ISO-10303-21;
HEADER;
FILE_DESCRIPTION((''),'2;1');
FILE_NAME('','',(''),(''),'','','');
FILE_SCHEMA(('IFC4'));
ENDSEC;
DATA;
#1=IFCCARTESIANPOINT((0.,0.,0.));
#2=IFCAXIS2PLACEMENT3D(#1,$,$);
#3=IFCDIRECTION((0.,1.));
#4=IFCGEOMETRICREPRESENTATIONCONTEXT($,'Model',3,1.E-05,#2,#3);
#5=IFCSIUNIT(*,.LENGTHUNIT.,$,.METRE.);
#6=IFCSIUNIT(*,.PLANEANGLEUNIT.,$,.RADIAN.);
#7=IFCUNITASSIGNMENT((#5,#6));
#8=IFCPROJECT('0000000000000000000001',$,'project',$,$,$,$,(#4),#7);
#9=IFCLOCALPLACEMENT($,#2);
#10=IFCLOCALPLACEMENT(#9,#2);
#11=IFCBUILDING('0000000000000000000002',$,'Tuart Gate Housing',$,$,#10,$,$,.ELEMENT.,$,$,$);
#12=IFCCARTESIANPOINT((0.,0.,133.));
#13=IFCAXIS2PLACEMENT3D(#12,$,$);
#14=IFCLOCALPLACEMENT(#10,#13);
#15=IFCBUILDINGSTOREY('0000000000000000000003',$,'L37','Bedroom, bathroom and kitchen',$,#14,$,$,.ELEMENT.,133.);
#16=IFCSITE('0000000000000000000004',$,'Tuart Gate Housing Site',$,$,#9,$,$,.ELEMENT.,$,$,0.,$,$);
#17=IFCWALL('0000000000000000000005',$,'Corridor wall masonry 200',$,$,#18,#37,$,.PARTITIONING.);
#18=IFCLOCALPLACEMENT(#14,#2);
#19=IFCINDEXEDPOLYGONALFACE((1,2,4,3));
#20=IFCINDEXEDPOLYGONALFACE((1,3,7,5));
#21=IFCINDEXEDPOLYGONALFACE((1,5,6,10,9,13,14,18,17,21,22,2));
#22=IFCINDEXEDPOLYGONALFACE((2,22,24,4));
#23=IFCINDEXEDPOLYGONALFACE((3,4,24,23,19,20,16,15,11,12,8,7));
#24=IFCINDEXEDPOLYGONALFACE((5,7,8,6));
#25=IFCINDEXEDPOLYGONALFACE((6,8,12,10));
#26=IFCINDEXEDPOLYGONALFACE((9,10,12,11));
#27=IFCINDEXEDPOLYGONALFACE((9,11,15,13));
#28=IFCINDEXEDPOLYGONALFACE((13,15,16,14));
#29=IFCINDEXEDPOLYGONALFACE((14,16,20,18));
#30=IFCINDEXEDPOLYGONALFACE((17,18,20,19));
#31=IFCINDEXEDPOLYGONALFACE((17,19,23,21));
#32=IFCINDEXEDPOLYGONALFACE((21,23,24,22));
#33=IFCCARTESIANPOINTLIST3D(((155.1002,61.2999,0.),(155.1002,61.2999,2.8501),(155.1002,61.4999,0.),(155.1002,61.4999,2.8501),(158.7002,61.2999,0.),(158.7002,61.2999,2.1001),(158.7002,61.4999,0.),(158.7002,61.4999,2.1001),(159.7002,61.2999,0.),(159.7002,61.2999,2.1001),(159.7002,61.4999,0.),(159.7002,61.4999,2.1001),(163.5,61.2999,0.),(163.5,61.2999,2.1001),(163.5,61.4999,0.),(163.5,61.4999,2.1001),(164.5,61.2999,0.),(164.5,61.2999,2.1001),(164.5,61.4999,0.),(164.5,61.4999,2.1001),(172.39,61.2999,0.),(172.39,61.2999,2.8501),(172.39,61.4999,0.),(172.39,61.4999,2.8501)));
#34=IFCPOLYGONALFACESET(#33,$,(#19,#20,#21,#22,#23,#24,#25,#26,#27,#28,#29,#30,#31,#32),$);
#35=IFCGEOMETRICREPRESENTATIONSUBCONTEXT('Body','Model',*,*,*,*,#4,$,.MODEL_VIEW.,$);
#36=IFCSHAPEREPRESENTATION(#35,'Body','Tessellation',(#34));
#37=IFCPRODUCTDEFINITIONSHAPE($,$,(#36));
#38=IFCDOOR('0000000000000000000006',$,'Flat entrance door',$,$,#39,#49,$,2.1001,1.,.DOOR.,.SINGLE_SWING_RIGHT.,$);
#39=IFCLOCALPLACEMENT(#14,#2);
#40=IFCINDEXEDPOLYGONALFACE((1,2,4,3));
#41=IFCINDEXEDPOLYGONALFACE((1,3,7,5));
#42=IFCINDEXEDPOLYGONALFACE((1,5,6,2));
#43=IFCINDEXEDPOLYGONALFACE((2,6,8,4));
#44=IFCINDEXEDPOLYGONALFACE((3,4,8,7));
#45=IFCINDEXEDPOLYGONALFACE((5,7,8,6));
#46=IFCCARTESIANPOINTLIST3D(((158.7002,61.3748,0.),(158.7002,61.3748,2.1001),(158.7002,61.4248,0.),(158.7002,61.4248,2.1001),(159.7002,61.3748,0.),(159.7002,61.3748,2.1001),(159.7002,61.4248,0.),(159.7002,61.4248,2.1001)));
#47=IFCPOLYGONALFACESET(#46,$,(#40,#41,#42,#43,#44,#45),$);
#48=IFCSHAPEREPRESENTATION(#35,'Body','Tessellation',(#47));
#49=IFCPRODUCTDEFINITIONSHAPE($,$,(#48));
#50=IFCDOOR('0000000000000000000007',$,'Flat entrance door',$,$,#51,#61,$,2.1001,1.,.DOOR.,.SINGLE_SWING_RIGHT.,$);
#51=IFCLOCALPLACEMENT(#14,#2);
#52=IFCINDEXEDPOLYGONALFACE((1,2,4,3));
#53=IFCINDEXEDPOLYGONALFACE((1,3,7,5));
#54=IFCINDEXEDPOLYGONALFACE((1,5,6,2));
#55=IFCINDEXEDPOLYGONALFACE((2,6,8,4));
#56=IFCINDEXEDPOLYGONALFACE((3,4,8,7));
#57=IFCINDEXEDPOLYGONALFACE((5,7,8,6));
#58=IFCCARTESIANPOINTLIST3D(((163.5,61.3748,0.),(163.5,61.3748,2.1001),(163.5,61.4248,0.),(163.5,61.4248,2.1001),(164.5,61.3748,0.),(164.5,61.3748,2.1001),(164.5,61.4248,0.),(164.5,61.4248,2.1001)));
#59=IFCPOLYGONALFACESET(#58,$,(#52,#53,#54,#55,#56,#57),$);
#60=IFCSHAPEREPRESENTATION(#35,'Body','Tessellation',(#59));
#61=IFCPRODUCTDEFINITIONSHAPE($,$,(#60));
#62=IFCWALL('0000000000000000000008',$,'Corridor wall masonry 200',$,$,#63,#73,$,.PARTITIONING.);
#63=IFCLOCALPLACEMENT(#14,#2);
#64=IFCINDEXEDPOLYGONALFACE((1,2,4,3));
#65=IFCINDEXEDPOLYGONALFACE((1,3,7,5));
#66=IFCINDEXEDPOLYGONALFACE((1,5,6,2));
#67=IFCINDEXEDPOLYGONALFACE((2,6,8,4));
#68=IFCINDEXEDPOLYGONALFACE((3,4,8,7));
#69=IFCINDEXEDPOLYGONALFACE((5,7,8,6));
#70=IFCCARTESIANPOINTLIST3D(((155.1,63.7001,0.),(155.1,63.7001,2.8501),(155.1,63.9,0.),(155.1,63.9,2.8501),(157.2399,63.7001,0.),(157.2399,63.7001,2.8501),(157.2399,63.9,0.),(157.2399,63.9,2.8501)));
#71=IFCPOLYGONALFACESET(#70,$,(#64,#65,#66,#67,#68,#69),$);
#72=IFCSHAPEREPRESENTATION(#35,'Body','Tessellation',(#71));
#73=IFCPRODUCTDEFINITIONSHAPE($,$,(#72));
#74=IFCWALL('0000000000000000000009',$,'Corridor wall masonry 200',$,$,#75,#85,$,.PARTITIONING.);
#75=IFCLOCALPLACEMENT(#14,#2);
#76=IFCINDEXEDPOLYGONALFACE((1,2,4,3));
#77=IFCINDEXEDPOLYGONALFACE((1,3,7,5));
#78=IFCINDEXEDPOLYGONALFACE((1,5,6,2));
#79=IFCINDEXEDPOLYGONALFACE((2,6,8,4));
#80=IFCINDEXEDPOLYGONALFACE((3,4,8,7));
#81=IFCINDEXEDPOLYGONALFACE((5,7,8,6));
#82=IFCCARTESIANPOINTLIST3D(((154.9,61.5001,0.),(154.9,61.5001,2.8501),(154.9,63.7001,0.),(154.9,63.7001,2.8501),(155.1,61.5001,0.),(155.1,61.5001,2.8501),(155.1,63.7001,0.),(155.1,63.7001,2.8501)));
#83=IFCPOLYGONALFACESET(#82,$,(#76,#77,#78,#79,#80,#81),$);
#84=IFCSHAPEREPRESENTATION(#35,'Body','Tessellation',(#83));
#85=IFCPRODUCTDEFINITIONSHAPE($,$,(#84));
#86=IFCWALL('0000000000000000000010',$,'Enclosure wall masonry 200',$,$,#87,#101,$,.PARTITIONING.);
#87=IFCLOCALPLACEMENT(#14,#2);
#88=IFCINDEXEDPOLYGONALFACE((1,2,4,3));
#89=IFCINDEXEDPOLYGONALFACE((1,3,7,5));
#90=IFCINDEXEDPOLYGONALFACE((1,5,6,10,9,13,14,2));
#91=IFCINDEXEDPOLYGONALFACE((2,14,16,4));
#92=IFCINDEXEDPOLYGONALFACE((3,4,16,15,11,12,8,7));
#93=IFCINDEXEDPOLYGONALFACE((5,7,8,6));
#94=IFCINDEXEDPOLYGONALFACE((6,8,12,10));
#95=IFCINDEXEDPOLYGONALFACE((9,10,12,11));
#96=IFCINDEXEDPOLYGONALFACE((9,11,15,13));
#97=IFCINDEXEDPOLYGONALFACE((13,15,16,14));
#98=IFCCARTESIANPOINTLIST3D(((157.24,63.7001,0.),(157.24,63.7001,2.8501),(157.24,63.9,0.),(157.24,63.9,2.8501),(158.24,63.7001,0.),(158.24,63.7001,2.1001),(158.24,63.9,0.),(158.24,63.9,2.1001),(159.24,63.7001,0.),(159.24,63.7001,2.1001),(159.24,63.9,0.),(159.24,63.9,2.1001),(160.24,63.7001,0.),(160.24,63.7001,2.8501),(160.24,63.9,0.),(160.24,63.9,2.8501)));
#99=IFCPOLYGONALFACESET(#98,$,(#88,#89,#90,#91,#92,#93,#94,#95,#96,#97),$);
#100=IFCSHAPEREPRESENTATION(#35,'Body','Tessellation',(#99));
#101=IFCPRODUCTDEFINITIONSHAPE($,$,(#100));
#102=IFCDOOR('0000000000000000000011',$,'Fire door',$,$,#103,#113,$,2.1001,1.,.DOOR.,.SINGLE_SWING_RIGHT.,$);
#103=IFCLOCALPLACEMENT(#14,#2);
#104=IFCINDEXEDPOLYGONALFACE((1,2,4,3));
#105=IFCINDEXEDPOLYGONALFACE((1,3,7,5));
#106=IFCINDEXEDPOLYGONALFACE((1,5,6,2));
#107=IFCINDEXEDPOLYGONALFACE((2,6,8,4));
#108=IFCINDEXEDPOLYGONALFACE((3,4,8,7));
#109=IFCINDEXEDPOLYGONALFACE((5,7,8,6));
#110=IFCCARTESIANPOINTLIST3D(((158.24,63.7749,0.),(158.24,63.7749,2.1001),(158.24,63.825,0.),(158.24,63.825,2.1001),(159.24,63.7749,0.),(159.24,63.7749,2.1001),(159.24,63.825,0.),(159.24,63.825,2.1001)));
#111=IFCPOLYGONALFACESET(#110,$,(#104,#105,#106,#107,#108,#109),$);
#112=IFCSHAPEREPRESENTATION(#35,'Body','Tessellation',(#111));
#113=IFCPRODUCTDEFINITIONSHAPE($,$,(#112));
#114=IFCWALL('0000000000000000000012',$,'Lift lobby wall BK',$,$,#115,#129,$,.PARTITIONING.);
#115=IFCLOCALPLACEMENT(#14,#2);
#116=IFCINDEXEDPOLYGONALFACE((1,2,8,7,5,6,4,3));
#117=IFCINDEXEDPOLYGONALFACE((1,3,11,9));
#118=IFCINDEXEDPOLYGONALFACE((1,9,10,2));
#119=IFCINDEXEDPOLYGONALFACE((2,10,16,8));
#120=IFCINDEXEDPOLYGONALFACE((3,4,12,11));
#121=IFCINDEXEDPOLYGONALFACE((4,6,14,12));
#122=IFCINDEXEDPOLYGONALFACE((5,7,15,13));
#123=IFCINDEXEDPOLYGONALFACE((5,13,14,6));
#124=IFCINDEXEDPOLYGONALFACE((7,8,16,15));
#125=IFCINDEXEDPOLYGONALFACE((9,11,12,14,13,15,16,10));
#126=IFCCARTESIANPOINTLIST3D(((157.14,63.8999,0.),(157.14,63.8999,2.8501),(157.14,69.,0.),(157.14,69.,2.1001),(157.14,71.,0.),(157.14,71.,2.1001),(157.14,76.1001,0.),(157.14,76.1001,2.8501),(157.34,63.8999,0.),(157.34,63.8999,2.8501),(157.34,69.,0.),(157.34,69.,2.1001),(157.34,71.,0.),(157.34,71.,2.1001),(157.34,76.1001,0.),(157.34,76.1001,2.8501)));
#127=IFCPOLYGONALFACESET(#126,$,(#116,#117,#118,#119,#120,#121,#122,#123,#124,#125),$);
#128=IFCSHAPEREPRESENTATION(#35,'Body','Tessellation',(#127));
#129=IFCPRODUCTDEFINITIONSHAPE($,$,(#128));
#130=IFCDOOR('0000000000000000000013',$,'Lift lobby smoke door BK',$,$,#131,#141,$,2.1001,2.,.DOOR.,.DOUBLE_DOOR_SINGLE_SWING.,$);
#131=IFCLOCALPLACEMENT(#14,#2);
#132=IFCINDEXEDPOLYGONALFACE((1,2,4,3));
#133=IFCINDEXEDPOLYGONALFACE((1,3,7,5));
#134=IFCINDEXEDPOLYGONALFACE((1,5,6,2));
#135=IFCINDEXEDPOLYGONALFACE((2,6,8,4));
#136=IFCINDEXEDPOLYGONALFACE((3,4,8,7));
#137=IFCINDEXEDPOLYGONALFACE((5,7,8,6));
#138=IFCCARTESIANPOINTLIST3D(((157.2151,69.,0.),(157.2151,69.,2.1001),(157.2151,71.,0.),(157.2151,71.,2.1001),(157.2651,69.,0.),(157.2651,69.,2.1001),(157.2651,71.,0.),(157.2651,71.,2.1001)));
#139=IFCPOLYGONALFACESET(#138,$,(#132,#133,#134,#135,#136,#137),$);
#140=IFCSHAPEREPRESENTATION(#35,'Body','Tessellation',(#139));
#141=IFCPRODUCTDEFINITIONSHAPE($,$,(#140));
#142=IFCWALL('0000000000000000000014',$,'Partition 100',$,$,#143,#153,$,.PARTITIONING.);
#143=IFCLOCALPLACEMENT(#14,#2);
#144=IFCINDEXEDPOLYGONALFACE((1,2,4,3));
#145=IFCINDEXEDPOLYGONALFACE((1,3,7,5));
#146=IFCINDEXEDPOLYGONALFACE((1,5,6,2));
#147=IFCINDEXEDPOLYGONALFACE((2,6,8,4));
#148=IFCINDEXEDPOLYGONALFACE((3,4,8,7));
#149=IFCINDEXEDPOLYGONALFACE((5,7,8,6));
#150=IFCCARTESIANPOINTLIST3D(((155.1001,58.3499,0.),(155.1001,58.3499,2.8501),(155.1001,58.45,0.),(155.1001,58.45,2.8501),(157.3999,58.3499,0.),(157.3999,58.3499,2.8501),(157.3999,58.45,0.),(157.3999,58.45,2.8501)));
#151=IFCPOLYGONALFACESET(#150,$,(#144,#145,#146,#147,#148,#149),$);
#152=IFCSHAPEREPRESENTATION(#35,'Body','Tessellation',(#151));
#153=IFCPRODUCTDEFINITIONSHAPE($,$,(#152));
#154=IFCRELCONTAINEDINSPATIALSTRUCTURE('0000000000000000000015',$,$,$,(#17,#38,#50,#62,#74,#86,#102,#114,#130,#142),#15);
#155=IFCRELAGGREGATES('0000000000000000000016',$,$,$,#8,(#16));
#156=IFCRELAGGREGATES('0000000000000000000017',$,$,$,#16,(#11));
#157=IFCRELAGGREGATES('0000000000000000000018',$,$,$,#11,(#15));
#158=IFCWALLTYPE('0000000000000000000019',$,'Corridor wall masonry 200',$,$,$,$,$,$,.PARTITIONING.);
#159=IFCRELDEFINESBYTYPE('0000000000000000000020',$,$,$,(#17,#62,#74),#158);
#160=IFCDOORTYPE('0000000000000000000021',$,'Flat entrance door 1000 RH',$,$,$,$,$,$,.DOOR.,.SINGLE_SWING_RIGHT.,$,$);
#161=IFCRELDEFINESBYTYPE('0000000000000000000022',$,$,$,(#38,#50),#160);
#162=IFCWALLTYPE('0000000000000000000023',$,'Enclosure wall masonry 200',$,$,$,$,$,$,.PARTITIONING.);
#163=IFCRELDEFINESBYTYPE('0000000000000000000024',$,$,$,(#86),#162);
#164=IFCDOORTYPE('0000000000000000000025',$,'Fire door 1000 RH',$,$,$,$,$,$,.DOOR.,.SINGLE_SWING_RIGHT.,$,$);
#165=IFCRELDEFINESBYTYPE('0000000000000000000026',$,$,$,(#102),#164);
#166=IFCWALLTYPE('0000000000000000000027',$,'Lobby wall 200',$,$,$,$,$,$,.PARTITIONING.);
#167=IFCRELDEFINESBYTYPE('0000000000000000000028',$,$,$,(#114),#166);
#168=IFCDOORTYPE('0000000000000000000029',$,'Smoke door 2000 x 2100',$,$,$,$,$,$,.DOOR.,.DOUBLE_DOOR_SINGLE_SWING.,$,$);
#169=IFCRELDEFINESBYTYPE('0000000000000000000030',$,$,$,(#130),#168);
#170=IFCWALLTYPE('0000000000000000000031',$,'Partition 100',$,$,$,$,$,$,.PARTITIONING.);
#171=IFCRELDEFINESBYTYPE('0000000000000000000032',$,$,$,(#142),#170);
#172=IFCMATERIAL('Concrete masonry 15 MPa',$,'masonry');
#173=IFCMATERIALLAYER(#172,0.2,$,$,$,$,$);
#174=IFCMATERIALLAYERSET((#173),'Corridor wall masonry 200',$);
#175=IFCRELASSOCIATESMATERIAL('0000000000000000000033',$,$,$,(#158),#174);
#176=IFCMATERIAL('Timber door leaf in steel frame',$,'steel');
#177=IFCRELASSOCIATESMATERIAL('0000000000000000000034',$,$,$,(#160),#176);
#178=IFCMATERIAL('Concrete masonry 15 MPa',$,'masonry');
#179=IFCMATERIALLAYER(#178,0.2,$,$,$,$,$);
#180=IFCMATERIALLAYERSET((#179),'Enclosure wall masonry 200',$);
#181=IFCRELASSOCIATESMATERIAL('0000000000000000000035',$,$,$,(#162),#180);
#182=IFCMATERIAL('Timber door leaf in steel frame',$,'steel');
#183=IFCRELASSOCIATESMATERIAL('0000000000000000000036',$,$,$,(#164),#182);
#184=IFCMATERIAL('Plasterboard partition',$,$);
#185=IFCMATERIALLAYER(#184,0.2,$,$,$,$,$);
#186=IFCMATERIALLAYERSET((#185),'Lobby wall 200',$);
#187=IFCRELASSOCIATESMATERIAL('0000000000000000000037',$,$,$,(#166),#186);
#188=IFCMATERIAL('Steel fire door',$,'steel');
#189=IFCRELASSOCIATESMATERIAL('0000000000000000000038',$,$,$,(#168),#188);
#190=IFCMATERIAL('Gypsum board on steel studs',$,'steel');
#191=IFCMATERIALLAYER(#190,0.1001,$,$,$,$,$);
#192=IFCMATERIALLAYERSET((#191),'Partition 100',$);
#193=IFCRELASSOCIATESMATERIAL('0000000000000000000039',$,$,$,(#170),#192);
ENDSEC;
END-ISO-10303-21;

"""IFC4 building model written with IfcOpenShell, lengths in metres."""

from ifc_helpers import new_model, si_unit, direction, frame, frame_2d, origin, place, context, subcontext, project, spatial, rectangle, extrude, material, layer, layer_set, type_object, element, fill, save


model = new_model("IFC4")

# Units and contexts
model_context = context("Model", 3, precision=1e-05, world=origin(), true_north=direction((0.0, 1.0)))
body_context = subcontext(model_context, "Body", "Model", "MODEL_VIEW")
ifc_project = project(units=[si_unit("LENGTHUNIT", "METRE"), si_unit("PLANEANGLEUNIT", "RADIAN")], contexts=[model_context])

# Site, building, storey
site_placement = place(None, origin())
site = spatial("IfcSite", under=ifc_project, at=site_placement, Name="Tuart Gate Housing Site", CompositionType="ELEMENT", RefElevation=0.0)
building_placement = place(site_placement, origin())
building = spatial("IfcBuilding", under=site, at=building_placement, Name="Tuart Gate Housing", CompositionType="ELEMENT")
storey_placement = place(building_placement, frame((0.0, 0.0, 133.0)))
storey = spatial("IfcBuildingStorey", under=building, at=storey_placement, Name="L37", Description="Bedroom, bathroom and kitchen", CompositionType="ELEMENT", Elevation=133.0)

# Wall, openings, doors
ifc_material_1 = material(Name="Concrete masonry 15 MPa", Category="masonry")
ifc_layer_1 = layer(ifc_material_1, 0.2)
ifc_layer_set_1 = layer_set([ifc_layer_1], Name="Corridor wall masonry 200")
wall_type_1 = type_object("IfcWallType", Name="Corridor wall masonry 200", PredefinedType="PARTITIONING", material=ifc_layer_set_1)
wall_1_placement = place(storey_placement, frame((155.1001, 61.3999, 0.0), z_axis=(0.0, 0.0, 1.0), x_axis=(1.0, 0.0, 0.0)))
wall_1 = element("IfcWall", 1, at=wall_1_placement, inside=storey, type_object=wall_type_1, Name="Corridor wall masonry 200", PredefinedType="PARTITIONING", context=body_context, shape_type="SweptSolid", body=[
    extrude(rectangle(XDim=17.2898, YDim=0.2, at=frame_2d((8.645, 0.0))), origin(), (0.0, 0.0, 1.0), 2.8501),
])
opening_1_placement = place(wall_1_placement, frame((3.6001, 0.0, 0.0)))
opening_1 = element("IfcOpeningElement", 2, at=opening_1_placement, cuts=wall_1, PredefinedType="OPENING", context=body_context, shape_type="SweptSolid", body=[
    extrude(rectangle(XDim=1.0, YDim=2.1001, at=frame_2d((0.5, 1.05))), frame((0.0, 0.1099, 0.0), z_axis=(0.0, -1.0, 0.0), x_axis=(1.0, 0.0, 0.0)), (0.0, 0.0, 1.0), 0.22),
])
opening_2_placement = place(wall_1_placement, frame((8.3999, 0.0, 0.0)))
opening_2 = element("IfcOpeningElement", 3, at=opening_2_placement, cuts=wall_1, PredefinedType="OPENING", context=body_context, shape_type="SweptSolid", body=[
    extrude(rectangle(XDim=1.0, YDim=2.1001, at=frame_2d((0.5, 1.05))), frame((0.0, 0.1099, 0.0), z_axis=(0.0, -1.0, 0.0), x_axis=(1.0, 0.0, 0.0)), (0.0, 0.0, 1.0), 0.22),
])
ifc_material_2 = material(Name="Timber door leaf in steel frame", Category="steel")
door_type_1 = type_object("IfcDoorType", Name="Flat entrance door 1000 RH", OperationType="SINGLE_SWING_RIGHT", PredefinedType="DOOR", material=ifc_material_2)
door_1_placement = place(opening_1_placement, frame((1.0, 0.0, 0.0), z_axis=(0.0, 0.0, 1.0), x_axis=(-1.0, 0.0, 0.0)))
door_1 = element("IfcDoor", 4, at=door_1_placement, inside=storey, type_object=door_type_1, Name="Flat entrance door", OperationType="SINGLE_SWING_RIGHT", OverallHeight=2.1001, OverallWidth=1.0, PredefinedType="DOOR", context=body_context, shape_type="SweptSolid", body=[
    extrude(rectangle(XDim=1.0, YDim=2.1001, at=frame_2d((0.5, 1.05))), frame((0.0, 0.0251, 0.0), z_axis=(0.0, -1.0, 0.0), x_axis=(1.0, 0.0, 0.0)), (0.0, 0.0, 1.0), 0.05),
])
fill(opening_1, door_1)
door_2_placement = place(opening_2_placement, frame((1.0, 0.0, 0.0), z_axis=(0.0, 0.0, 1.0), x_axis=(-1.0, 0.0, 0.0)))
door_2 = element("IfcDoor", 5, at=door_2_placement, inside=storey, type_object=door_type_1, Name="Flat entrance door", OperationType="SINGLE_SWING_RIGHT", OverallHeight=2.1001, OverallWidth=1.0, PredefinedType="DOOR", context=body_context, shape_type="SweptSolid", body=[
    extrude(rectangle(XDim=1.0, YDim=2.1001, at=frame_2d((0.5, 1.05))), frame((0.0, 0.0251, 0.0), z_axis=(0.0, -1.0, 0.0), x_axis=(1.0, 0.0, 0.0)), (0.0, 0.0, 1.0), 0.05),
])
fill(opening_2, door_2)

# Walls
wall_2_placement = place(storey_placement, frame((155.1001, 63.8, 0.0), z_axis=(0.0, 0.0, 1.0), x_axis=(1.0, 0.0, 0.0)))
element("IfcWall", 6, at=wall_2_placement, inside=storey, type_object=wall_type_1, Name="Corridor wall masonry 200", PredefinedType="PARTITIONING", context=body_context, shape_type="SweptSolid", body=[
    extrude(rectangle(XDim=2.1399, YDim=0.2, at=frame_2d((1.0698, 0.0))), origin(), (0.0, 0.0, 1.0), 2.8501),
])
wall_3_placement = place(storey_placement, frame((155.0, 61.5, 0.0), z_axis=(0.0, 0.0, 1.0), x_axis=(0.0, 1.0, 0.0)))
element("IfcWall", 7, at=wall_3_placement, inside=storey, type_object=wall_type_1, Name="Corridor wall masonry 200", PredefinedType="PARTITIONING", context=body_context, shape_type="SweptSolid", body=[
    extrude(rectangle(XDim=2.2, YDim=0.2, at=frame_2d((1.1001, 0.0))), origin(), (0.0, 0.0, 1.0), 2.8501),
])

# Walls, openings, doors
ifc_material_3 = material(Name="Concrete masonry 15 MPa", Category="masonry")
ifc_layer_2 = layer(ifc_material_3, 0.2)
ifc_layer_set_2 = layer_set([ifc_layer_2], Name="Enclosure wall masonry 200")
wall_type_2 = type_object("IfcWallType", Name="Enclosure wall masonry 200", PredefinedType="PARTITIONING", material=ifc_layer_set_2)
wall_4_placement = place(storey_placement, frame((157.24, 63.8, 0.0), z_axis=(0.0, 0.0, 1.0), x_axis=(1.0, 0.0, 0.0)))
wall_4 = element("IfcWall", 8, at=wall_4_placement, inside=storey, type_object=wall_type_2, Name="Enclosure wall masonry 200", PredefinedType="PARTITIONING", context=body_context, shape_type="SweptSolid", body=[
    extrude(rectangle(XDim=3.0, YDim=0.2, at=frame_2d((1.5, 0.0))), origin(), (0.0, 0.0, 1.0), 2.8501),
])
opening_3_placement = place(wall_4_placement, frame((1.0, 0.0, 0.0)))
opening_3 = element("IfcOpeningElement", 9, at=opening_3_placement, cuts=wall_4, PredefinedType="OPENING", context=body_context, shape_type="SweptSolid", body=[
    extrude(rectangle(XDim=1.0, YDim=2.1001, at=frame_2d((0.5, 1.05))), frame((0.0, 0.1099, 0.0), z_axis=(0.0, -1.0, 0.0), x_axis=(1.0, 0.0, 0.0)), (0.0, 0.0, 1.0), 0.22),
])
ifc_material_4 = material(Name="Timber door leaf in steel frame", Category="steel")
door_type_2 = type_object("IfcDoorType", Name="Fire door 1000 RH", OperationType="SINGLE_SWING_RIGHT", PredefinedType="DOOR", material=ifc_material_4)
door_3_placement = place(opening_3_placement, frame((1.0, 0.0, 0.0), z_axis=(0.0, 0.0, 1.0), x_axis=(-1.0, 0.0, 0.0)))
door_3 = element("IfcDoor", 10, at=door_3_placement, inside=storey, type_object=door_type_2, Name="Fire door", OperationType="SINGLE_SWING_RIGHT", OverallHeight=2.1001, OverallWidth=1.0, PredefinedType="DOOR", context=body_context, shape_type="SweptSolid", body=[
    extrude(rectangle(XDim=1.0, YDim=2.1001, at=frame_2d((0.5, 1.05))), frame((0.0, 0.0251, 0.0), z_axis=(0.0, -1.0, 0.0), x_axis=(1.0, 0.0, 0.0)), (0.0, 0.0, 1.0), 0.05),
])
fill(opening_3, door_3)
ifc_material_5 = material(Name="Plasterboard partition")
ifc_layer_3 = layer(ifc_material_5, 0.2)
ifc_layer_set_3 = layer_set([ifc_layer_3], Name="Lobby wall 200")
wall_type_3 = type_object("IfcWallType", Name="Lobby wall 200", PredefinedType="PARTITIONING", material=ifc_layer_set_3)
wall_5_placement = place(storey_placement, frame((157.24, 63.8999, 0.0), z_axis=(0.0, 0.0, 1.0), x_axis=(0.0, 1.0, 0.0)))
wall_5 = element("IfcWall", 11, at=wall_5_placement, inside=storey, type_object=wall_type_3, Name="Lift lobby wall BK", PredefinedType="PARTITIONING", context=body_context, shape_type="SweptSolid", body=[
    extrude(rectangle(XDim=12.2002, YDim=0.2, at=frame_2d((6.1001, 0.0))), origin(), (0.0, 0.0, 1.0), 2.8501),
])
opening_4_placement = place(wall_5_placement, frame((5.1001, 0.0, 0.0)))
opening_4 = element("IfcOpeningElement", 12, at=opening_4_placement, cuts=wall_5, PredefinedType="OPENING", context=body_context, shape_type="SweptSolid", body=[
    extrude(rectangle(XDim=2.0, YDim=2.1001, at=frame_2d((1.0, 1.05))), frame((0.0, 0.1099, 0.0), z_axis=(0.0, -1.0, 0.0), x_axis=(1.0, 0.0, 0.0)), (0.0, 0.0, 1.0), 0.22),
])
ifc_material_6 = material(Name="Steel fire door", Category="steel")
door_type_3 = type_object("IfcDoorType", Name="Smoke door 2000 x 2100", OperationType="DOUBLE_DOOR_SINGLE_SWING", PredefinedType="DOOR", material=ifc_material_6)
door_4_placement = place(opening_4_placement, frame((2.0, 0.0, 0.0), z_axis=(0.0, 0.0, 1.0), x_axis=(-1.0, 0.0, 0.0)))
door_4 = element("IfcDoor", 13, at=door_4_placement, inside=storey, type_object=door_type_3, Name="Lift lobby smoke door BK", OperationType="DOUBLE_DOOR_SINGLE_SWING", OverallHeight=2.1001, OverallWidth=2.0, PredefinedType="DOOR", context=body_context, shape_type="SweptSolid", body=[
    extrude(rectangle(XDim=2.0, YDim=2.1001, at=frame_2d((1.0, 1.05))), frame((0.0, 0.0251, 0.0), z_axis=(0.0, -1.0, 0.0), x_axis=(1.0, 0.0, 0.0)), (0.0, 0.0, 1.0), 0.05),
])
fill(opening_4, door_4)

# Wall
ifc_material_7 = material(Name="Gypsum board on steel studs", Category="steel")
ifc_layer_4 = layer(ifc_material_7, 0.1001)
ifc_layer_set_4 = layer_set([ifc_layer_4], Name="Partition 100")
wall_type_4 = type_object("IfcWallType", Name="Partition 100", PredefinedType="PARTITIONING", material=ifc_layer_set_4)
wall_6_placement = place(storey_placement, frame((155.1001, 58.3999, 0.0), z_axis=(0.0, 0.0, 1.0), x_axis=(1.0, 0.0, 0.0)))
element("IfcWall", 14, at=wall_6_placement, inside=storey, type_object=wall_type_4, Name="Partition 100", PredefinedType="PARTITIONING", context=body_context, shape_type="SweptSolid", body=[
    extrude(rectangle(XDim=2.2998, YDim=0.1001, at=frame_2d((1.1499, 0.0))), origin(), (0.0, 0.0, 1.0), 2.8501),
])

save(model, "model.ifc")
